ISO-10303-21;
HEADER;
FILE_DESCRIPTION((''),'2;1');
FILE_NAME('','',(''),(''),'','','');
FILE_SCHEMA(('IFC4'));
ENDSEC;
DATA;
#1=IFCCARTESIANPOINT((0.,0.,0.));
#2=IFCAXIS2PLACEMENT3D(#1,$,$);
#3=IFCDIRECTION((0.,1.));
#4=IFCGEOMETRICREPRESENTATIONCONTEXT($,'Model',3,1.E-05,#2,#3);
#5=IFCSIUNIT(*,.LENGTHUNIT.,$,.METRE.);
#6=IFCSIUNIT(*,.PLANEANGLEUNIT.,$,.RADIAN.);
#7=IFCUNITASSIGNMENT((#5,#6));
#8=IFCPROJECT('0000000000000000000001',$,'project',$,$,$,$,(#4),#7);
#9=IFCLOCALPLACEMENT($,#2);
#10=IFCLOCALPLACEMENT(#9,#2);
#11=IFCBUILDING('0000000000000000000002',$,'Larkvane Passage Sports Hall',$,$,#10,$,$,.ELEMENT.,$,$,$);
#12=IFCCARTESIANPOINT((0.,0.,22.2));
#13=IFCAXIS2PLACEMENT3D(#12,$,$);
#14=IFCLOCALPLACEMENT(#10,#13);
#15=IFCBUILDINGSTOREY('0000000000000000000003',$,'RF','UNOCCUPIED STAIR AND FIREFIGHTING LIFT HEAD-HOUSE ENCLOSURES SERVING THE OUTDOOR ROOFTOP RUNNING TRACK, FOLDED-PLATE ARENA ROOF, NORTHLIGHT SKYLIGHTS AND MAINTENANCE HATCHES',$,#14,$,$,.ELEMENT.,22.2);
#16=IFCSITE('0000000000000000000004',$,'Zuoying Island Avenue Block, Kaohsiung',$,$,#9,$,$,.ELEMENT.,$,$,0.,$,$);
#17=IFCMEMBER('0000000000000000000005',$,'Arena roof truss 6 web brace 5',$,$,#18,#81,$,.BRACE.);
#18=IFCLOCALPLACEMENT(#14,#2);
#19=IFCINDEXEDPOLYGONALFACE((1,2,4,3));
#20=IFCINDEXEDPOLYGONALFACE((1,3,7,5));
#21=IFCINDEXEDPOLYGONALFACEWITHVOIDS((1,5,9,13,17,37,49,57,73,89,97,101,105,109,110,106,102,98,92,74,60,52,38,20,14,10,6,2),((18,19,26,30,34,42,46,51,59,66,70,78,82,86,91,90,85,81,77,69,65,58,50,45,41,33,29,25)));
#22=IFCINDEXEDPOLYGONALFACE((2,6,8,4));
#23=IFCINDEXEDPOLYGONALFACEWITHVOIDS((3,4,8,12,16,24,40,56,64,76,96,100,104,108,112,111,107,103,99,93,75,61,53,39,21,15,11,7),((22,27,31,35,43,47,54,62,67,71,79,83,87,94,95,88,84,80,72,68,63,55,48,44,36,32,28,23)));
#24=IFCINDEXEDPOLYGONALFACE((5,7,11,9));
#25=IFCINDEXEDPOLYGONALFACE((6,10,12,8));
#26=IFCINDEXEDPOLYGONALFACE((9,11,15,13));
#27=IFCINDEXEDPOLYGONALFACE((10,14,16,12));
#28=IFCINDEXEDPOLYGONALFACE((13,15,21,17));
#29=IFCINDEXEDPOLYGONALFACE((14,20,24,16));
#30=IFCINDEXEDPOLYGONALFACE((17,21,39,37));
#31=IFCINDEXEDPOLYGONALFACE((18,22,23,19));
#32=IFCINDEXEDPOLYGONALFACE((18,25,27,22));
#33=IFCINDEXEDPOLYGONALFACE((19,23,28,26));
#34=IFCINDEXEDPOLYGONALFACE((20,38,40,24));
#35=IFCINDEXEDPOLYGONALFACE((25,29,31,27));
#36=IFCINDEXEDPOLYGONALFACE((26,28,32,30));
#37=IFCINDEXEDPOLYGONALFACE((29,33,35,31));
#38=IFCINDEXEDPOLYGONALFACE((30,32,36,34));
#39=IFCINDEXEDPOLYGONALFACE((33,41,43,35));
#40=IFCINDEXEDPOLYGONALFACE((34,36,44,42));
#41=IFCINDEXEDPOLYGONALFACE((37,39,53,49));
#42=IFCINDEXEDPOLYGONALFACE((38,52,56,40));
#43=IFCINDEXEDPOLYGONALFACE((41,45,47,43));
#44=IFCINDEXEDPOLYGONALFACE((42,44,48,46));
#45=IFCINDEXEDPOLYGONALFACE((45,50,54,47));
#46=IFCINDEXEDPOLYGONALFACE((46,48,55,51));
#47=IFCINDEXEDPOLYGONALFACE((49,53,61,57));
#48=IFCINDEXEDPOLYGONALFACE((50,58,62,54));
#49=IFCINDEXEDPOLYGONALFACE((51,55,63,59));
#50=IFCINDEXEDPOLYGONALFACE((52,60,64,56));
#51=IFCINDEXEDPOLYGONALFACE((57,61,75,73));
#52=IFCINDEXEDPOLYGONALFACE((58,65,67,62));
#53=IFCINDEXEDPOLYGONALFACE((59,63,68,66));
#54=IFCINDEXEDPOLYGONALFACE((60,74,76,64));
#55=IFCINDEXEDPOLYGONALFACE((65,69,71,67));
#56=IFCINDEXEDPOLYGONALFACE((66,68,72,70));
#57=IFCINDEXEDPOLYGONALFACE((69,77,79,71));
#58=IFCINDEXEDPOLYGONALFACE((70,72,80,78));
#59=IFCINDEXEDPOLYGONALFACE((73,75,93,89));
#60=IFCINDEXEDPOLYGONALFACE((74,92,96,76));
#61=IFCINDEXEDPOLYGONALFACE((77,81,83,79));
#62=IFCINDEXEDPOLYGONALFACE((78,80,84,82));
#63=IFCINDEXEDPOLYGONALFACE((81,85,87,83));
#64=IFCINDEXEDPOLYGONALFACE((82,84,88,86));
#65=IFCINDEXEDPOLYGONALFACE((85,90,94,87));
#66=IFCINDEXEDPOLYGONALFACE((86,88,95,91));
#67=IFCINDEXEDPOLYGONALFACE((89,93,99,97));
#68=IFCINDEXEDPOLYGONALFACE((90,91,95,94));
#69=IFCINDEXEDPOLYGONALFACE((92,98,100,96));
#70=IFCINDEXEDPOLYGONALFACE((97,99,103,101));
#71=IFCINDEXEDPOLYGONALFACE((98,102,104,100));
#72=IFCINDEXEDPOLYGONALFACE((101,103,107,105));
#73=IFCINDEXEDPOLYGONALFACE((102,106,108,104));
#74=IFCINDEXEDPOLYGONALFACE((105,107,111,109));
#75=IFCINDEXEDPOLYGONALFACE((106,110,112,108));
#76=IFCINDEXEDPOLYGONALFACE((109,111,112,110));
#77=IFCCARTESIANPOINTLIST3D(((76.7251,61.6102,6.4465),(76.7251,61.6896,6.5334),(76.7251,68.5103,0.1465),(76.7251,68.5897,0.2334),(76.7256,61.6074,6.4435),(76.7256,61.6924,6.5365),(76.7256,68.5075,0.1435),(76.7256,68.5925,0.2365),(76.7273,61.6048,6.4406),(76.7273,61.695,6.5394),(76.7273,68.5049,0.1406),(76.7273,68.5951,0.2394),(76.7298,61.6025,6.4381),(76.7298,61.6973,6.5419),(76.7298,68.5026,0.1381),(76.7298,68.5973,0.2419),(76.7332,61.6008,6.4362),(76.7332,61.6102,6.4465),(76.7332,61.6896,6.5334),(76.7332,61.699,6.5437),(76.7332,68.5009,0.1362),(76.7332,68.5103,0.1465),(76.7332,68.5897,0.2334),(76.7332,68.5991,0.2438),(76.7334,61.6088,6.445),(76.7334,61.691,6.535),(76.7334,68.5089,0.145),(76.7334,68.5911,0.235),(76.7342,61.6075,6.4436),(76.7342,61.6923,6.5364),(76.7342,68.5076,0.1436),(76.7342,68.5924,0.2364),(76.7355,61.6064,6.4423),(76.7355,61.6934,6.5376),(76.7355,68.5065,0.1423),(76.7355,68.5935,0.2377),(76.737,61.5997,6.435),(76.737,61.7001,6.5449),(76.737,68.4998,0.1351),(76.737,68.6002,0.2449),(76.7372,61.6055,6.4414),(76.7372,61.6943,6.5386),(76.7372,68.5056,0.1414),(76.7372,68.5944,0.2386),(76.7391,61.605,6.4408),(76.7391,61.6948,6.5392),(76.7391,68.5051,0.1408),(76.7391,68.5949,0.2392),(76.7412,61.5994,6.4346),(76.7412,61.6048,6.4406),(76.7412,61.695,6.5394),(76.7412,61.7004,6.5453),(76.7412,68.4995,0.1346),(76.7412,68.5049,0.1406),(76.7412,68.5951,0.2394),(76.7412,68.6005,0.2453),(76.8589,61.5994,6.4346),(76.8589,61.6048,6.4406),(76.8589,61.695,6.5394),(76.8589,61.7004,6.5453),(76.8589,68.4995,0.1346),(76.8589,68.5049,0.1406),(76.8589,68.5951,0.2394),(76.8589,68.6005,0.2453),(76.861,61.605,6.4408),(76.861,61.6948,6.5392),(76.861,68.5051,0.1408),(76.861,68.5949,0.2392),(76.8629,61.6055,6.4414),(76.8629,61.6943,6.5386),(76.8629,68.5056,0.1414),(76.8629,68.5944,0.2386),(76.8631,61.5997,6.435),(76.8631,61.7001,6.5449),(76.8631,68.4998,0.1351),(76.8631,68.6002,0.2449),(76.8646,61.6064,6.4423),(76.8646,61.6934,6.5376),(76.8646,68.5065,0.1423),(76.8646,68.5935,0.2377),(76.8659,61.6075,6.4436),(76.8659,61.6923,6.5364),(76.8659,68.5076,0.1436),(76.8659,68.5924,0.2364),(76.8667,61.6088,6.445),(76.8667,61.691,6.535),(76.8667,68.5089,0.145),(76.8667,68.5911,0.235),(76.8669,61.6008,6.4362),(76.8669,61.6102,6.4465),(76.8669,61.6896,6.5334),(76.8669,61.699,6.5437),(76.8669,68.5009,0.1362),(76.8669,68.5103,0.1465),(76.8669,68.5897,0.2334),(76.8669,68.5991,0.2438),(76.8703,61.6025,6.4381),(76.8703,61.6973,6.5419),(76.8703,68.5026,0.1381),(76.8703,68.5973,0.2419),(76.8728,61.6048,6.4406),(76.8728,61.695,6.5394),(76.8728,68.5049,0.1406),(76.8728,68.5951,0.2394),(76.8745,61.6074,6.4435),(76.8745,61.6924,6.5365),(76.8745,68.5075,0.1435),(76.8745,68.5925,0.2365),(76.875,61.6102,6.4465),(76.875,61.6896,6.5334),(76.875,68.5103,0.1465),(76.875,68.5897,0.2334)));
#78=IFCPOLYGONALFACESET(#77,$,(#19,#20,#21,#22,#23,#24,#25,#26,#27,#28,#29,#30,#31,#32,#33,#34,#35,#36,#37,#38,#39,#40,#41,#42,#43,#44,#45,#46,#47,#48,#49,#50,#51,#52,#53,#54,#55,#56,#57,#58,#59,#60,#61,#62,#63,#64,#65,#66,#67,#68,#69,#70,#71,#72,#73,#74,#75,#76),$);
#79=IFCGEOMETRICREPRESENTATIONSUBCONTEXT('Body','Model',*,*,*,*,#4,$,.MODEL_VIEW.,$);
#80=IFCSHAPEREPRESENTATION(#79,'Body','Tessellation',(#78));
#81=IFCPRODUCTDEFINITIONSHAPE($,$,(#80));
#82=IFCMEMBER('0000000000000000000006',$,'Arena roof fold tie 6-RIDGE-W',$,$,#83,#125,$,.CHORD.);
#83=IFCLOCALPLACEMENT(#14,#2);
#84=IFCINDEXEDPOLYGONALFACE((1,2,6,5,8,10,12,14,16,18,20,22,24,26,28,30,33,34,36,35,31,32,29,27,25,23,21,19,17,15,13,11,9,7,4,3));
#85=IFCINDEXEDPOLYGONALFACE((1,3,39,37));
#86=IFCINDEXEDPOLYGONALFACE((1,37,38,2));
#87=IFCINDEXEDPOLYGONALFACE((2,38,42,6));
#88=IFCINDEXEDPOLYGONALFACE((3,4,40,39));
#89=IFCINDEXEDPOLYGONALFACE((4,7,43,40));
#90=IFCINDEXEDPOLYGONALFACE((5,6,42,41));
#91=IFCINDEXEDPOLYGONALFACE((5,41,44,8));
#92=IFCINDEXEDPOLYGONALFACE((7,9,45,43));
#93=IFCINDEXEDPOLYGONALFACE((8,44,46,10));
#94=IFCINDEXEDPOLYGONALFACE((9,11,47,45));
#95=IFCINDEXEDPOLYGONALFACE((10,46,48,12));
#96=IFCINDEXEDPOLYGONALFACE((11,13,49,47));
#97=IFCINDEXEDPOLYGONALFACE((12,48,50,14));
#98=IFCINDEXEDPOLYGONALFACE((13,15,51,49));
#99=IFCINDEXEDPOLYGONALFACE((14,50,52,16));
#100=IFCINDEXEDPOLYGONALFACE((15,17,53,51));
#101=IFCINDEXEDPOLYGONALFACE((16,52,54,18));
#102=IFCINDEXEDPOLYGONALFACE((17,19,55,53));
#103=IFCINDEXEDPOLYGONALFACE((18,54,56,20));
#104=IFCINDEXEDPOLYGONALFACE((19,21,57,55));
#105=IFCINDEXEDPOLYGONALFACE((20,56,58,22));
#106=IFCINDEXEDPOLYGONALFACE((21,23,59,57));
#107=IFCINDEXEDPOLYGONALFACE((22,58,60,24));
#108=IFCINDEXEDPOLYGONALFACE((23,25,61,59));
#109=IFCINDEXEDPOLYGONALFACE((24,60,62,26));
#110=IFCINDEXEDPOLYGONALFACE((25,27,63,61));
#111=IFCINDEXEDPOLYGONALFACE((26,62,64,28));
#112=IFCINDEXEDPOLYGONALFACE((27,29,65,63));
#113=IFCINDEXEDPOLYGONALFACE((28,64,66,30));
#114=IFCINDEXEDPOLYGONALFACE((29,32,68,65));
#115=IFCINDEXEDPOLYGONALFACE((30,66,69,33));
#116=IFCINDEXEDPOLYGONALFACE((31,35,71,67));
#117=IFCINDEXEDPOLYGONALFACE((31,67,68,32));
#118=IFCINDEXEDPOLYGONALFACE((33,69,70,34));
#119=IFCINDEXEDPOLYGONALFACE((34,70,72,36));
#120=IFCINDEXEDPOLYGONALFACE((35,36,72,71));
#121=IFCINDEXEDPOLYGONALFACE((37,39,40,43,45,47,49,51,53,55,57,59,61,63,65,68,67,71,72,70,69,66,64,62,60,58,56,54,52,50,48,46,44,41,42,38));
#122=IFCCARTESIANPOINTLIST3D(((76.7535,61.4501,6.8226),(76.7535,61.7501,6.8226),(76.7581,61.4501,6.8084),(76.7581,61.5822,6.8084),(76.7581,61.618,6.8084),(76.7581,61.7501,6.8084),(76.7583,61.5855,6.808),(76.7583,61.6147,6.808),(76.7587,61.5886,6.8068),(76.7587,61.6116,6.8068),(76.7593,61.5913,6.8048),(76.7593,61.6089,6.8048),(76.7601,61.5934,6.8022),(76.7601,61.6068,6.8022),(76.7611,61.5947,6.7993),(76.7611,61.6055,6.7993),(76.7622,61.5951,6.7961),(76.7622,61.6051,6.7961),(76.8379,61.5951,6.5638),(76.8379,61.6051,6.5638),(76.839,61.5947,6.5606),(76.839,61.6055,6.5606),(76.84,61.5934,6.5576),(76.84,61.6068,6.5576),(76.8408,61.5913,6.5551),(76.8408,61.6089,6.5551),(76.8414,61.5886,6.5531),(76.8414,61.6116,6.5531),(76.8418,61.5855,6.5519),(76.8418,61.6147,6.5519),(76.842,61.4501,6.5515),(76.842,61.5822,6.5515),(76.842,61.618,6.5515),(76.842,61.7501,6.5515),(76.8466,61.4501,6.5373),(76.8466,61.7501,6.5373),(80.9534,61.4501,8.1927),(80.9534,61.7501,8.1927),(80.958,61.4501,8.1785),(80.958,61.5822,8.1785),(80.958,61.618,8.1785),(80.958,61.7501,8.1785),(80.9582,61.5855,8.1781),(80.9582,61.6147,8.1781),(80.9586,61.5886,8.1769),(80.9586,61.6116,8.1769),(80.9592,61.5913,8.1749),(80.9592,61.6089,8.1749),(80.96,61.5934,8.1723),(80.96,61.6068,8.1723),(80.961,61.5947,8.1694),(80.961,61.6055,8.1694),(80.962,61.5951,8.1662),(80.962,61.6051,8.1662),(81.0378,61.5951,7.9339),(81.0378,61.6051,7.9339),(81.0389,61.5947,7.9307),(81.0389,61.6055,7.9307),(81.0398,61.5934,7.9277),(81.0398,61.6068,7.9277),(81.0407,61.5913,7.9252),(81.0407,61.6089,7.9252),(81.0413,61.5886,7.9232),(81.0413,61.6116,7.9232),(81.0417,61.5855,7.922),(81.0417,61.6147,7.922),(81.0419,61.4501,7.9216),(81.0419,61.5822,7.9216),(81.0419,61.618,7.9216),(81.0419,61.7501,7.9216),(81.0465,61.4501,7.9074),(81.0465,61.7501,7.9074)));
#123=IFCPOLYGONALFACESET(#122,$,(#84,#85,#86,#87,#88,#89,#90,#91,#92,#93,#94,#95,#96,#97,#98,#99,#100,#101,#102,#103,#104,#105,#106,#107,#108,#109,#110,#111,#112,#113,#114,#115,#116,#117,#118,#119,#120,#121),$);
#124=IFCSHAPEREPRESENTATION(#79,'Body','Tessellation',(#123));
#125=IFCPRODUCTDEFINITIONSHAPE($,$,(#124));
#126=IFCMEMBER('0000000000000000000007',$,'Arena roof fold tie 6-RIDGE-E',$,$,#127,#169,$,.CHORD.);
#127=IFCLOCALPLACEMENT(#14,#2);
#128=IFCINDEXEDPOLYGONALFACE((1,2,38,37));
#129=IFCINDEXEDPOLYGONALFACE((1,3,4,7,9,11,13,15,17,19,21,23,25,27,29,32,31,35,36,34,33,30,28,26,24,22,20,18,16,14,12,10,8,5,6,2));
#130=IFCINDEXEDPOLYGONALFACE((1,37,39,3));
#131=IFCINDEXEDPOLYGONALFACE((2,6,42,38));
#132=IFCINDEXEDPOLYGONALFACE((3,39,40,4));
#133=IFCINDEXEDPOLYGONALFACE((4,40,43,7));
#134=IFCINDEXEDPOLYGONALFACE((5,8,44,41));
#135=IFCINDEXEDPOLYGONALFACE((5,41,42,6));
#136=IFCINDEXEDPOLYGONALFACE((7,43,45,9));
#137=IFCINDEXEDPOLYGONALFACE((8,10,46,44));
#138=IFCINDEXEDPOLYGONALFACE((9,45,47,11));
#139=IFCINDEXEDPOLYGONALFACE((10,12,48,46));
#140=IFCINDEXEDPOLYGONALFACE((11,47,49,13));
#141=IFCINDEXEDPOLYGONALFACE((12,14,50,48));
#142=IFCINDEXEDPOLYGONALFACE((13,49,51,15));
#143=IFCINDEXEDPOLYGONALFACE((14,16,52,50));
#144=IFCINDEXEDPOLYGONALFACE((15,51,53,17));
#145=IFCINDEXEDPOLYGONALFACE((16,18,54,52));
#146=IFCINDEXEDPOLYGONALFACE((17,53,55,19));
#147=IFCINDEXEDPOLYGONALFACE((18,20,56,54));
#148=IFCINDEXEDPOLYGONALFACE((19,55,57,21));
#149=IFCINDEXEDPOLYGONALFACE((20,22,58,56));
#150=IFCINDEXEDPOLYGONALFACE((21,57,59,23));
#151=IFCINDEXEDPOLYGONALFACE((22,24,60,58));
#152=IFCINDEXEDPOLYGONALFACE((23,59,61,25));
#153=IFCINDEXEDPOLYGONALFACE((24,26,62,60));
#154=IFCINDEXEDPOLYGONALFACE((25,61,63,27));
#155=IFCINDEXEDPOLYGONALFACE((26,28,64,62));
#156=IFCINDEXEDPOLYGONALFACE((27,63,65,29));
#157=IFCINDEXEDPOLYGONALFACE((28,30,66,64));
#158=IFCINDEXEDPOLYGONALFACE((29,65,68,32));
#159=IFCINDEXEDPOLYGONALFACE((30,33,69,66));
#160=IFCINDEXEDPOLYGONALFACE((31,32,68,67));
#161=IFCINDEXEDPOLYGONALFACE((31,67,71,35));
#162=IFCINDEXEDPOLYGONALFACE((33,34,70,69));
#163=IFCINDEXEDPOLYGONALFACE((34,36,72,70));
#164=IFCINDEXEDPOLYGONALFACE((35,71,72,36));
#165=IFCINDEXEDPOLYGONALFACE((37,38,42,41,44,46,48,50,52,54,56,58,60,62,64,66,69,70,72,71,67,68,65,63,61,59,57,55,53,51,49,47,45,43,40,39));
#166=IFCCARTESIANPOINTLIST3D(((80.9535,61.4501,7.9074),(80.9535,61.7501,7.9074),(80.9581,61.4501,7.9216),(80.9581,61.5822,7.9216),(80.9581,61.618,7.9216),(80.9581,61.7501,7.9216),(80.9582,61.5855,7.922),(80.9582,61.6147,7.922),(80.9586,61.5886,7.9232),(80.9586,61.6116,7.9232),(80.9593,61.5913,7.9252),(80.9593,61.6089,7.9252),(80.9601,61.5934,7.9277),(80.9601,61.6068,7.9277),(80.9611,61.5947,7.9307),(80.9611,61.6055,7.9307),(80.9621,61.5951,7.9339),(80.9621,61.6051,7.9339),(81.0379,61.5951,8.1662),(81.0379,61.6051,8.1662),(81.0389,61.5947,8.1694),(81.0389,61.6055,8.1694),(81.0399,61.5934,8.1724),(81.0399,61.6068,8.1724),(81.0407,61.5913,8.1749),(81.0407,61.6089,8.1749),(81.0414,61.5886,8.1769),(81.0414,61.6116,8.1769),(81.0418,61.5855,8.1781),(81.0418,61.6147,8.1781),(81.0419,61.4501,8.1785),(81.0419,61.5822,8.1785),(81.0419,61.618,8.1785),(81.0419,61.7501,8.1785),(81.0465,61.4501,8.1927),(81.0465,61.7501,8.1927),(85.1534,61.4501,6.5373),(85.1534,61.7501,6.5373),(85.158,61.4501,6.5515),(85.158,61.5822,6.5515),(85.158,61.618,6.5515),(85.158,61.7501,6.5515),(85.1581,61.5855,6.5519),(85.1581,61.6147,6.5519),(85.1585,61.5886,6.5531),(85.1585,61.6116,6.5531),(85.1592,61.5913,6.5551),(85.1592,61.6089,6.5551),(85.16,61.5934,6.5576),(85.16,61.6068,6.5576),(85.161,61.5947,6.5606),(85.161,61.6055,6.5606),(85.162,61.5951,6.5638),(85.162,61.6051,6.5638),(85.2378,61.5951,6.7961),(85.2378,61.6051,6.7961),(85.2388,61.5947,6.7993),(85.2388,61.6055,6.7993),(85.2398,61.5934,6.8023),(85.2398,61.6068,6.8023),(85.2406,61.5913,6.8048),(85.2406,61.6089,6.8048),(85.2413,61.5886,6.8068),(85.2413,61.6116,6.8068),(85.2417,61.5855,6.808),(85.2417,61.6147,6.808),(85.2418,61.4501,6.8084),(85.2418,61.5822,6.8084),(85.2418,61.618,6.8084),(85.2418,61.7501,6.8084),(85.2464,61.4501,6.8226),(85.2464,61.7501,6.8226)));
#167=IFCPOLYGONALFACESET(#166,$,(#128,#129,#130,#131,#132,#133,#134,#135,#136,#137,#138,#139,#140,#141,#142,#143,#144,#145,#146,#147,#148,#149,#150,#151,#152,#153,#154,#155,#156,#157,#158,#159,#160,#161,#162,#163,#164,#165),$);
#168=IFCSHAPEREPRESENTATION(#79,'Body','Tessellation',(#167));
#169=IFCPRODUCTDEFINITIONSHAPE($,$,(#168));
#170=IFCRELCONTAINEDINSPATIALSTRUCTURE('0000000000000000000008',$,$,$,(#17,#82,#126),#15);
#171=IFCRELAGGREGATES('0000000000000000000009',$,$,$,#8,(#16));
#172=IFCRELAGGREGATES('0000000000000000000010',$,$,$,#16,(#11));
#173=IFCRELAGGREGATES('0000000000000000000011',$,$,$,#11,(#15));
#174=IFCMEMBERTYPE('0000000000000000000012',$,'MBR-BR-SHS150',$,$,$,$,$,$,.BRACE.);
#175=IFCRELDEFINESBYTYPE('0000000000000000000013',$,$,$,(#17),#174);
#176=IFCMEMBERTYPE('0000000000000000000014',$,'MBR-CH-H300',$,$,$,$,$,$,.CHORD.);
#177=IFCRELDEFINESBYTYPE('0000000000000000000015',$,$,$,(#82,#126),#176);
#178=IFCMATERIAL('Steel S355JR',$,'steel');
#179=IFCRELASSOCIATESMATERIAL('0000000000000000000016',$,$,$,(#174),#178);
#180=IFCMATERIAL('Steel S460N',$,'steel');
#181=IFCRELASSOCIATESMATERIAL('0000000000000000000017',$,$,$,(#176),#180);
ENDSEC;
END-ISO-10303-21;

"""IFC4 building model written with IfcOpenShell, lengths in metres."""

from ifc_helpers import new_model, si_unit, direction, frame, origin, origin_2d, place, context, subcontext, project, spatial, hollow_rectangle, i_section, extrude, material, material_profile, profile_set, type_object, element, save


model = new_model("IFC4")

# Units and contexts
model_context = context("Model", 3, precision=1e-05, world=origin(), true_north=direction((0.0, 1.0)))
body_context = subcontext(model_context, "Body", "Model", "MODEL_VIEW")
ifc_project = project(units=[si_unit("LENGTHUNIT", "METRE"), si_unit("PLANEANGLEUNIT", "RADIAN")], contexts=[model_context])

# Site, building, storey
site_placement = place(None, origin())
site = spatial("IfcSite", under=ifc_project, at=site_placement, Name="Zuoying Island Avenue Block, Kaohsiung", CompositionType="ELEMENT", RefElevation=0.0)
building_placement = place(site_placement, origin())
building = spatial("IfcBuilding", under=site, at=building_placement, Name="Larkvane Passage Sports Hall", CompositionType="ELEMENT")
storey_placement = place(building_placement, frame((0.0, 0.0, 22.2)))
storey = spatial("IfcBuildingStorey", under=building, at=storey_placement, Name="RF", Description="UNOCCUPIED STAIR AND FIREFIGHTING LIFT HEAD-HOUSE ENCLOSURES SERVING THE OUTDOOR ROOFTOP RUNNING TRACK, FOLDED-PLATE ARENA ROOF, NORTHLIGHT SKYLIGHTS AND MAINTENANCE HATCHES", CompositionType="ELEMENT", Elevation=22.2)

# Members
ifc_material_1 = material(Name="Steel S355JR", Category="steel")
ifc_material_profile_1 = material_profile(ifc_material_1, hollow_rectangle(XDim=0.1499, YDim=0.1499, WallThickness=0.0081, InnerFilletRadius=0.0081, OuterFilletRadius=0.0161, at=origin_2d()), Name="SHS-150x150x8")
ifc_profile_set_1 = profile_set([ifc_material_profile_1], Name="Steel S355JR")
member_type_1 = type_object("IfcMemberType", Name="MBR-BR-SHS150", PredefinedType="BRACE", material=ifc_profile_set_1)
member_1_placement = place(storey_placement, frame((76.8, 61.6499, 6.49), z_axis=(0.0, 0.73849, -0.674264), x_axis=(-1.0, 0.0, 0.0)))
element("IfcMember", 1, at=member_1_placement, inside=storey, type_object=member_type_1, Name="Arena roof truss 6 web brace 5", PredefinedType="BRACE", context=body_context, shape_type="SweptSolid", body=[
    extrude(hollow_rectangle(XDim=0.1499, YDim=0.1499, WallThickness=0.0081, InnerFilletRadius=0.0081, OuterFilletRadius=0.0161, at=origin_2d()), origin(), (0.0, 0.0, 1.0), 9.3435),
])
ifc_material_2 = material(Name="Steel S460N", Category="steel")
ifc_material_profile_2 = material_profile(ifc_material_2, i_section(OverallWidth=0.3, OverallDepth=0.3, WebThickness=0.01, FlangeThickness=0.0149, FilletRadius=0.0129, at=origin_2d()), Name="H-300x300x10x15")
ifc_profile_set_2 = profile_set([ifc_material_profile_2], Name="Steel S460N")
member_type_2 = type_object("IfcMemberType", Name="MBR-CH-H300", PredefinedType="CHORD", material=ifc_profile_set_2)
for number, where, z_axis, x_axis, name in (
    (2, (76.8, 61.6001, 6.6799), (0.950692, 0.0, 0.310137), (0.0, 1.0, 0.0), "Arena roof fold tie 6-RIDGE-W"),
    (3, (81.0, 61.6001, 8.05), (0.950692, 0.0, -0.310137), (0.0, 1.0, 0.0), "Arena roof fold tie 6-RIDGE-E"),
):
    element("IfcMember", number, at=place(storey_placement, frame(where, z_axis=z_axis, x_axis=x_axis)), inside=storey, type_object=member_type_2, Name=name, PredefinedType="CHORD", context=body_context, shape_type="SweptSolid", body=[
        extrude(i_section(OverallWidth=0.3, OverallDepth=0.3, WebThickness=0.01, FlangeThickness=0.0149, FilletRadius=0.0129, at=origin_2d()), origin(), (0.0, 0.0, 1.0), 4.4177),
    ])

save(model, "model.ifc")
